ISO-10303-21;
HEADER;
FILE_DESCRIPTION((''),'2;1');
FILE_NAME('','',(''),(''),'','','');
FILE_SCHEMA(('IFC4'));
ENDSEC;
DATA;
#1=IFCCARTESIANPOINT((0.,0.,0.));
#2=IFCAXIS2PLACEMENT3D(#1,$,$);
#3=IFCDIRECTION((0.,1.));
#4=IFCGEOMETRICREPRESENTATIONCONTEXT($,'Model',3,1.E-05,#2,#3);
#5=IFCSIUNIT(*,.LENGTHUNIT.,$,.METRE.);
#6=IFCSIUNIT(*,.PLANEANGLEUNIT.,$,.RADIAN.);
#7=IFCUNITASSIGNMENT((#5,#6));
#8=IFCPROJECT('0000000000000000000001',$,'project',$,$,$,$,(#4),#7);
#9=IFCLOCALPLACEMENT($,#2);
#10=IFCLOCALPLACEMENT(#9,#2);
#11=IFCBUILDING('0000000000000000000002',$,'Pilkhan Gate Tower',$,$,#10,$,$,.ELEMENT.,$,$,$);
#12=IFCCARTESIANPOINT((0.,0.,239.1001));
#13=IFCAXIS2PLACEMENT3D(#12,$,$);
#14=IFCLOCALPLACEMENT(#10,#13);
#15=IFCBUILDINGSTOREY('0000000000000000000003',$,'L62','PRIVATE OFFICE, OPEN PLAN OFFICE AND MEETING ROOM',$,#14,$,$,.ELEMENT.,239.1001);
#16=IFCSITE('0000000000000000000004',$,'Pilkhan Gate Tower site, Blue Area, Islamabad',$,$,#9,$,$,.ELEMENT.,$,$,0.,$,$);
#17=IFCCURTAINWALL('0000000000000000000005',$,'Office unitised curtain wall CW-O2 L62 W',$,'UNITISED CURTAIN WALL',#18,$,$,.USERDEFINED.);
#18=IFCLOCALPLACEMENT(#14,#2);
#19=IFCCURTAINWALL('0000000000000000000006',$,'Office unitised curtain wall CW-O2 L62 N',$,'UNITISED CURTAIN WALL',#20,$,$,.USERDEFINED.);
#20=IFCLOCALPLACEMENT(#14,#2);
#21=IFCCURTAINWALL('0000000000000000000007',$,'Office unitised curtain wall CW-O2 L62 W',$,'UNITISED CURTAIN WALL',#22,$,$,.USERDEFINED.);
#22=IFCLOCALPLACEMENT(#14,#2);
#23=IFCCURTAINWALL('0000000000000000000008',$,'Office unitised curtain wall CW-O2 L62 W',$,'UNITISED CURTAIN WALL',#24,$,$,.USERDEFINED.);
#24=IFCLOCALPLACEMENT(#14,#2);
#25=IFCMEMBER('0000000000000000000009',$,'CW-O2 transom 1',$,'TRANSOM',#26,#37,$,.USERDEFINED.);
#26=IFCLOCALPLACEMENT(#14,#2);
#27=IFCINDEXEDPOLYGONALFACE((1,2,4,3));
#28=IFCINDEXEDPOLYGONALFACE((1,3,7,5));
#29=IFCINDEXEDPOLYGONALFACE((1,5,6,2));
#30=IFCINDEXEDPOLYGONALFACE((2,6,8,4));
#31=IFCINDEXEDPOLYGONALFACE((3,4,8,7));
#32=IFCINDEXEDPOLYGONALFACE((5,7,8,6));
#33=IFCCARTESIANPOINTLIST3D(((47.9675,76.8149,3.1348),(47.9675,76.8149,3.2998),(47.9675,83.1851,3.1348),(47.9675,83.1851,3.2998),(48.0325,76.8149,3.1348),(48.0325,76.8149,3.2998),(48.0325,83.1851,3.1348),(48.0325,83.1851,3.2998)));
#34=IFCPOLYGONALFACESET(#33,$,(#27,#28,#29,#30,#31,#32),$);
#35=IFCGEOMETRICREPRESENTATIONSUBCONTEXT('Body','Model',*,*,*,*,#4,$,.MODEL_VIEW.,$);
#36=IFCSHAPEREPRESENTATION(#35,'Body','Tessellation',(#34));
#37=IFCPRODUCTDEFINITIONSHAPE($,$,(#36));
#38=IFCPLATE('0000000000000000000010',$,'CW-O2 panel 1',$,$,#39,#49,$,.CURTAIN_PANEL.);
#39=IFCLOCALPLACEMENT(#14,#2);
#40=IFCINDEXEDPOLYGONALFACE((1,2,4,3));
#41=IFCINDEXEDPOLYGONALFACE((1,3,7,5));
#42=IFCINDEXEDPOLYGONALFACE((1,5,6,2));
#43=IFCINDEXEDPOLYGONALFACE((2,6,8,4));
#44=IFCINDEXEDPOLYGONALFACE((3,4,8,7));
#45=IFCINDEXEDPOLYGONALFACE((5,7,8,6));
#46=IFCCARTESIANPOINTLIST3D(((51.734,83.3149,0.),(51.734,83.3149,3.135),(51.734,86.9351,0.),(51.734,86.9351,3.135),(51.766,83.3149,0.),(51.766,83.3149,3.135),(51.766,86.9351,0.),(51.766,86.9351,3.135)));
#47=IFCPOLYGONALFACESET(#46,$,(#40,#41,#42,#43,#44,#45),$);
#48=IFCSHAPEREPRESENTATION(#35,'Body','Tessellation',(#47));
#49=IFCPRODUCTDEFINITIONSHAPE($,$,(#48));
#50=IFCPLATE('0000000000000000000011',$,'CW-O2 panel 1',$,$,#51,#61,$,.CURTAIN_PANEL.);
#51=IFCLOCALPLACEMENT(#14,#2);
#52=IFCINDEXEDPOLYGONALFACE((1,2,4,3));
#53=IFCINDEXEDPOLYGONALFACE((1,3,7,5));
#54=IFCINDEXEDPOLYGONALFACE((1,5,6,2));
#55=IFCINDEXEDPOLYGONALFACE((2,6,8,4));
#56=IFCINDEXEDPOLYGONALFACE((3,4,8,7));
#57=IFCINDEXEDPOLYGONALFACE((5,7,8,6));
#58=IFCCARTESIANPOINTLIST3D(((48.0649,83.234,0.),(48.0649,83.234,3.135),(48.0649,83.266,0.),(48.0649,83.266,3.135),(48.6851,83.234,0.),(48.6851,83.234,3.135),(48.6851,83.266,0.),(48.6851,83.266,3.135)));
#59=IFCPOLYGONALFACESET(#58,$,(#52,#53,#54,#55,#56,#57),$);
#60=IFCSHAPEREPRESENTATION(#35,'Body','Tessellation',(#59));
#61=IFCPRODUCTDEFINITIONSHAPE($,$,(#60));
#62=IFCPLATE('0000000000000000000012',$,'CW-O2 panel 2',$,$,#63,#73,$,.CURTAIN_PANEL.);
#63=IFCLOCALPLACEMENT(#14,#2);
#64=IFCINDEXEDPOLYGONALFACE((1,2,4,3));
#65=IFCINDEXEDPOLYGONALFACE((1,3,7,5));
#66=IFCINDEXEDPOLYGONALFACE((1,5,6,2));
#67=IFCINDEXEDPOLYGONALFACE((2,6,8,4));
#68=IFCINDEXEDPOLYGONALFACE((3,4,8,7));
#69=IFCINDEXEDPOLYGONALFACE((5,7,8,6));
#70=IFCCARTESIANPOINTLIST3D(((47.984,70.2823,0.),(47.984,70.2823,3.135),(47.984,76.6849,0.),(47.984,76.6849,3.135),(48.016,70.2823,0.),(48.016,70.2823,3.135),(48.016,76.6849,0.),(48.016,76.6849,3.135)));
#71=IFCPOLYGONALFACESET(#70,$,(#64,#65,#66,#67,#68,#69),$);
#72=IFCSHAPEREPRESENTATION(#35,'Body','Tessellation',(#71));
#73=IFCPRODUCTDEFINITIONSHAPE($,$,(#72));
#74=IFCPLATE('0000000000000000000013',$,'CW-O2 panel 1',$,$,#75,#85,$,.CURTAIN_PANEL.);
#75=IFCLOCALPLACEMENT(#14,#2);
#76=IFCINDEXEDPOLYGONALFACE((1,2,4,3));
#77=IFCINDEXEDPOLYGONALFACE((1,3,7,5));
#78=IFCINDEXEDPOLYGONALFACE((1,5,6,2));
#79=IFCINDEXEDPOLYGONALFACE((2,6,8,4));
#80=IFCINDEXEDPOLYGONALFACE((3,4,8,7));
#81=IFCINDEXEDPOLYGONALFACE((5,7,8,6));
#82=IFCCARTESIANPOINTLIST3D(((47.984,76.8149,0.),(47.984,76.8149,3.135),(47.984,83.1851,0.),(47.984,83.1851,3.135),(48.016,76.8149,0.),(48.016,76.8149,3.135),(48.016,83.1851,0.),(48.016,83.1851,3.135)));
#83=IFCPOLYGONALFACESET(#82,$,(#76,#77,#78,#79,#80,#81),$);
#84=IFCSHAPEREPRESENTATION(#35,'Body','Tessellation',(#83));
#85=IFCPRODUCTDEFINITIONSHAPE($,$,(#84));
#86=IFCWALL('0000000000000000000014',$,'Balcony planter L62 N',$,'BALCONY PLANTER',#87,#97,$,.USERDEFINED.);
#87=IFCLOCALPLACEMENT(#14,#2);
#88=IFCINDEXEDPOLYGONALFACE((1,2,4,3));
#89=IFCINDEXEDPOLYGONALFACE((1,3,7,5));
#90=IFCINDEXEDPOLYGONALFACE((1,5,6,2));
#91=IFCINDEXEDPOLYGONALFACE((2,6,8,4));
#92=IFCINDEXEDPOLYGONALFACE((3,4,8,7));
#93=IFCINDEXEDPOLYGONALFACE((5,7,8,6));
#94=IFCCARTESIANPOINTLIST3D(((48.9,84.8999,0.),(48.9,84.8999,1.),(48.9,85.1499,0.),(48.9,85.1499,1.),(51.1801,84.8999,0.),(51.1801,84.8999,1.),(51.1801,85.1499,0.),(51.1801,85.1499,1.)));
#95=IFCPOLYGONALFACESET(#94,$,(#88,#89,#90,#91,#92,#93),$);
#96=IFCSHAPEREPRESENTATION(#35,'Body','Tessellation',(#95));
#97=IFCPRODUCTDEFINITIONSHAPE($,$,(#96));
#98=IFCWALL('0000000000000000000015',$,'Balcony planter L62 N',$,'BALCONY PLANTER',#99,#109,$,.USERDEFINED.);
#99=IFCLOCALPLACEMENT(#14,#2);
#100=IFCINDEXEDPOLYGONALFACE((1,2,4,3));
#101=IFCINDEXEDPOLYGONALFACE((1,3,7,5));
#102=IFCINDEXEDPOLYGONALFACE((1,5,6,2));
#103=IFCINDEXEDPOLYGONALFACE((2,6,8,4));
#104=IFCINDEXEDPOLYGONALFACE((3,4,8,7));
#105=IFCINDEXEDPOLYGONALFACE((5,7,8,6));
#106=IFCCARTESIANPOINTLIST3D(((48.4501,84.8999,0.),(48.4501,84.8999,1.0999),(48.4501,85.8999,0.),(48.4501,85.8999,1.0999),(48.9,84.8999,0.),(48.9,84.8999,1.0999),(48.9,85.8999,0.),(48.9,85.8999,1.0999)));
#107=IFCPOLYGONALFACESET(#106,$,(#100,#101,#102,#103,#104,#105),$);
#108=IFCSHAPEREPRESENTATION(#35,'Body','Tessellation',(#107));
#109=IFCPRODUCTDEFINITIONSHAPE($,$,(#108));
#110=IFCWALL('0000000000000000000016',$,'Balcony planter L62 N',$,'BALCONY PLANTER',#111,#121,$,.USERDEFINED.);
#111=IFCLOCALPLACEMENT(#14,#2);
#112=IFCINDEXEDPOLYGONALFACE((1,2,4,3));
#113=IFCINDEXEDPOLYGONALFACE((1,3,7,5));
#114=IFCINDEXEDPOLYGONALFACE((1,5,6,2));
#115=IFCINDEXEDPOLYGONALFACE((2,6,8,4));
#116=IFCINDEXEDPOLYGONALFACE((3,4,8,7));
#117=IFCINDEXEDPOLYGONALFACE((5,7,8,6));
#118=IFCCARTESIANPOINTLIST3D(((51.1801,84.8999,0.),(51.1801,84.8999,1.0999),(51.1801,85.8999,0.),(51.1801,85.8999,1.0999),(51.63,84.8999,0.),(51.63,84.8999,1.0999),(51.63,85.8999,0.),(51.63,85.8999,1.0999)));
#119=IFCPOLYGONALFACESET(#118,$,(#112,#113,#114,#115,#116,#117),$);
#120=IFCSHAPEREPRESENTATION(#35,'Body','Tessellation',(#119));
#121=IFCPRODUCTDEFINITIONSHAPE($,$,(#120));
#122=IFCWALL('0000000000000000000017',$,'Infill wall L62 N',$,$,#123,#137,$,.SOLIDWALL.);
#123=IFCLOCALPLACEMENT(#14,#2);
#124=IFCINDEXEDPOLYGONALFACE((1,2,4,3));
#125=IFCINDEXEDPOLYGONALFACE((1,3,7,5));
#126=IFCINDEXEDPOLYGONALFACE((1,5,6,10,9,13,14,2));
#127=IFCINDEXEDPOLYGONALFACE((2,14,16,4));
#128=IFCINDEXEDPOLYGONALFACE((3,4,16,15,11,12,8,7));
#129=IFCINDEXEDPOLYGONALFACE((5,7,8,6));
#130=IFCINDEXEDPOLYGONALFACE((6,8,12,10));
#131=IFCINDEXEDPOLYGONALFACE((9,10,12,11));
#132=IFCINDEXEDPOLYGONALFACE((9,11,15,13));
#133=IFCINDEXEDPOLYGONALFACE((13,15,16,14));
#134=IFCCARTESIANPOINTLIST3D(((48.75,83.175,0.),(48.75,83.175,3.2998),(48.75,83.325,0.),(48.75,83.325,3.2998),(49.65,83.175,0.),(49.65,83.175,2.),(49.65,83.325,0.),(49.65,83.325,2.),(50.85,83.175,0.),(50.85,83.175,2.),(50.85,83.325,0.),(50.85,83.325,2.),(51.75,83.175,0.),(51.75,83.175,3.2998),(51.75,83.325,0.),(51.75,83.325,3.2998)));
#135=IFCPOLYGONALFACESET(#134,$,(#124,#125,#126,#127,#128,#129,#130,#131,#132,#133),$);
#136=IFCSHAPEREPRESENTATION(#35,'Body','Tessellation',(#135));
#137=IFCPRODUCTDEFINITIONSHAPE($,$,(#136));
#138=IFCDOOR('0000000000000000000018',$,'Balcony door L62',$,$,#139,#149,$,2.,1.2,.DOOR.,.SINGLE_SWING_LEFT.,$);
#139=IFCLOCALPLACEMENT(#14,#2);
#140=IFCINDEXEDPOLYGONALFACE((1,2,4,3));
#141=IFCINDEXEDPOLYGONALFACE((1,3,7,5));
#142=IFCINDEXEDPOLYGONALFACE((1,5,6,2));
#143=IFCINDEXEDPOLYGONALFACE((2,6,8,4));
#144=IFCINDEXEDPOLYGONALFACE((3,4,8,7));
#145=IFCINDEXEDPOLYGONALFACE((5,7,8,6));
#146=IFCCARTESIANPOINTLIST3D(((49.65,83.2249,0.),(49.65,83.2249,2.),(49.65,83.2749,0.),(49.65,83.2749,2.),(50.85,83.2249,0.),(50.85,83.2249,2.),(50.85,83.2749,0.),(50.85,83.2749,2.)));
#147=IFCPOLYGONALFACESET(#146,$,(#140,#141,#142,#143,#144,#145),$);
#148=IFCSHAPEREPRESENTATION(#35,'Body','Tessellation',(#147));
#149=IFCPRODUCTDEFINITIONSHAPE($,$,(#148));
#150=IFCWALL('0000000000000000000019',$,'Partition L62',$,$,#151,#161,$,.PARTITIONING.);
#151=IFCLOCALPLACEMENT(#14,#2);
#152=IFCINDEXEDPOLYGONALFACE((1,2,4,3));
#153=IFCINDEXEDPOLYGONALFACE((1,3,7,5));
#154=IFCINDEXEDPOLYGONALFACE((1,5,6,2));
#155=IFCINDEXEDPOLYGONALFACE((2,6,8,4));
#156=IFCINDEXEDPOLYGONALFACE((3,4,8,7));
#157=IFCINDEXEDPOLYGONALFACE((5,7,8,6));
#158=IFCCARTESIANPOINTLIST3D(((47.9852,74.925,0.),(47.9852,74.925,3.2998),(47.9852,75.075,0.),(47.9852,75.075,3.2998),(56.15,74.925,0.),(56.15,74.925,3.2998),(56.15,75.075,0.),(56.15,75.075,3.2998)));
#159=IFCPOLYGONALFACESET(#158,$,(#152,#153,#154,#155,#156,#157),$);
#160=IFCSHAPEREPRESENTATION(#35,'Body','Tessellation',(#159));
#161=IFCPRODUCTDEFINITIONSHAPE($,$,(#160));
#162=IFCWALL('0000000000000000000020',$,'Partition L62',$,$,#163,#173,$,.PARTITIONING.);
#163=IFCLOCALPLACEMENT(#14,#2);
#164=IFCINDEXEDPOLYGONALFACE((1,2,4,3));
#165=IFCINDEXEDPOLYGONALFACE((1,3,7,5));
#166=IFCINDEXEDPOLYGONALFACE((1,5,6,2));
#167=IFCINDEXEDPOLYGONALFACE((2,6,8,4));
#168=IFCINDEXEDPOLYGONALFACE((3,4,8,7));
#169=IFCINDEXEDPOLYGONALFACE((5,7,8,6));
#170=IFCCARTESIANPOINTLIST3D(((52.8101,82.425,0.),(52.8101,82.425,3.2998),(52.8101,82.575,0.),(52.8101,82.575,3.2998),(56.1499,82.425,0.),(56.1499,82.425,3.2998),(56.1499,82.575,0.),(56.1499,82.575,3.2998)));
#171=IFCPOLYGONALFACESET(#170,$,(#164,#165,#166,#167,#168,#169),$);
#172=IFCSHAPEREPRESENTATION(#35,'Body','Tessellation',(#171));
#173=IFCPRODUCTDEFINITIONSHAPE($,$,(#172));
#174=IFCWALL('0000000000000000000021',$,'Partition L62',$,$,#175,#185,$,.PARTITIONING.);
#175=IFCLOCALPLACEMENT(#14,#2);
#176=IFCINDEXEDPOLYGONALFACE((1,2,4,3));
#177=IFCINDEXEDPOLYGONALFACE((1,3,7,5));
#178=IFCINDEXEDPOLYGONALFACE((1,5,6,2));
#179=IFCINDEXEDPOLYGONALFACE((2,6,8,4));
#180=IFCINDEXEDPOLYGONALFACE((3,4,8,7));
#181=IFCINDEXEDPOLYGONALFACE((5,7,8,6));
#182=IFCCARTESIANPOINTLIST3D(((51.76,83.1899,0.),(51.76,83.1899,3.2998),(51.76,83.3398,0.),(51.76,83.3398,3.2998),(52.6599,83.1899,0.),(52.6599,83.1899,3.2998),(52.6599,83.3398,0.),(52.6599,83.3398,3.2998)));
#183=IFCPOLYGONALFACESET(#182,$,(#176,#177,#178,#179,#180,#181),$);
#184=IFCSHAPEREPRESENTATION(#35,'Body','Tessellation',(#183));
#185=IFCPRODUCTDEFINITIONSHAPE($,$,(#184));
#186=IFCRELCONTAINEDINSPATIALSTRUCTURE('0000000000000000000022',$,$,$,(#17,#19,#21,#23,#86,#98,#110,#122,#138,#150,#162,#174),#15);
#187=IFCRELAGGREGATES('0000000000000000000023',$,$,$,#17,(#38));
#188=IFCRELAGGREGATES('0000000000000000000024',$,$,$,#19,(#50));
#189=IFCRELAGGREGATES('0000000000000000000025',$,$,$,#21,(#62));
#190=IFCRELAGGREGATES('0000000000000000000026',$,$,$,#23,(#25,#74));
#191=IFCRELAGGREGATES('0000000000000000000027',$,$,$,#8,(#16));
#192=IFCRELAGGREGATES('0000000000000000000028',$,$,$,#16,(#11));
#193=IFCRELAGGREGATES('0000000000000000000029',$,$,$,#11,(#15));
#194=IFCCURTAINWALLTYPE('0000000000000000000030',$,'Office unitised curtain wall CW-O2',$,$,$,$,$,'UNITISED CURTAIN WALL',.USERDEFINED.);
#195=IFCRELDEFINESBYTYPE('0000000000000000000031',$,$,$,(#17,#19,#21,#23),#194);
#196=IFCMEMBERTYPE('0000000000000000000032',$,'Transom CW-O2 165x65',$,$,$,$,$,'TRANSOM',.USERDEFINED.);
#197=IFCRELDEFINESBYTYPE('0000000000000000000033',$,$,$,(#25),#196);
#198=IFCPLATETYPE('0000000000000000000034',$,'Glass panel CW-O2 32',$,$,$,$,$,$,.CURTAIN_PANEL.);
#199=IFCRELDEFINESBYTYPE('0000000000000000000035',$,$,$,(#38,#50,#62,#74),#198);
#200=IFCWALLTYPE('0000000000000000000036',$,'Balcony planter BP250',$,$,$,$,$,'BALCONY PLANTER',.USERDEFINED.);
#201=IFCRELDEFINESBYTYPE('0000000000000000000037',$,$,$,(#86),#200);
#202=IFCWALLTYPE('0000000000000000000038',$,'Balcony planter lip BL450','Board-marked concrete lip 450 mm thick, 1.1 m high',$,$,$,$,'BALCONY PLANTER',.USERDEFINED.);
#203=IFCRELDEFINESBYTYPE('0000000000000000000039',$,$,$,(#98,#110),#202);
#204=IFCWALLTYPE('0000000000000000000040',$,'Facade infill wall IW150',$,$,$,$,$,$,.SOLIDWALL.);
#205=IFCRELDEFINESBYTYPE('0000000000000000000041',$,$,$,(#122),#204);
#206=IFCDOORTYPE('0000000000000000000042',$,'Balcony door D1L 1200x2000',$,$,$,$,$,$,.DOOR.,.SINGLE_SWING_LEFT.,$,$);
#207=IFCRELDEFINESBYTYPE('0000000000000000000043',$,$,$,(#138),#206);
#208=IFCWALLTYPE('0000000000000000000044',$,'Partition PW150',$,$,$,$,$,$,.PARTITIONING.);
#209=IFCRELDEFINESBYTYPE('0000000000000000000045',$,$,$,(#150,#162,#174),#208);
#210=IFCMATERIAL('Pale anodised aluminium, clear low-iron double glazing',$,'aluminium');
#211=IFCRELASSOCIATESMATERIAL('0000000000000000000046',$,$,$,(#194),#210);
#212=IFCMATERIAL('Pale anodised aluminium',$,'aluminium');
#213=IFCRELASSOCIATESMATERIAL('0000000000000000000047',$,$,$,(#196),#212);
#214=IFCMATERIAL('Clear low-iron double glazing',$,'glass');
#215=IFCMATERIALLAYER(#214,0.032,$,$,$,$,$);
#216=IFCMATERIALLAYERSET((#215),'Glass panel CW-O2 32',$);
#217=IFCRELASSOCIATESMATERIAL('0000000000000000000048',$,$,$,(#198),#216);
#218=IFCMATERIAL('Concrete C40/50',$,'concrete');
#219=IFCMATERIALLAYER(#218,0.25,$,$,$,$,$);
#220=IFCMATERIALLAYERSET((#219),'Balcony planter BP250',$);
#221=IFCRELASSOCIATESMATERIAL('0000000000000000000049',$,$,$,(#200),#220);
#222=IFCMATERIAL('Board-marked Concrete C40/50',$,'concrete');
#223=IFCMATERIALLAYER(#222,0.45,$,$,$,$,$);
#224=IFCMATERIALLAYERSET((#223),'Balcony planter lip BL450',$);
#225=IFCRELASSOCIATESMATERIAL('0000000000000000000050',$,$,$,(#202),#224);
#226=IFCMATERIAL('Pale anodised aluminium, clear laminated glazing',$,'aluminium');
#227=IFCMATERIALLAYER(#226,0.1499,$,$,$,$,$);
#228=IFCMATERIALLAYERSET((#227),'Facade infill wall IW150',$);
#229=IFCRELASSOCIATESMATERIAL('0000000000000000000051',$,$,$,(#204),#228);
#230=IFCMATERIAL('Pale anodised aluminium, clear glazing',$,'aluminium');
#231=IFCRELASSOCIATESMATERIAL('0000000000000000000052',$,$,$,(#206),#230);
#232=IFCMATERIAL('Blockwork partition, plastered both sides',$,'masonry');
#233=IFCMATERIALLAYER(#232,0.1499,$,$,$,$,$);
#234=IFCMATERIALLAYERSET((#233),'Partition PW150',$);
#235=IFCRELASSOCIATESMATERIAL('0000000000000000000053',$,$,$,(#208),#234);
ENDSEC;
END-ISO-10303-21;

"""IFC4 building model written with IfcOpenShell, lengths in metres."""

from ifc_helpers import new_model, si_unit, direction, frame, frame_2d, origin, origin_2d, place, context, subcontext, project, spatial, rectangle, extrude, material, layer, layer_set, material_profile, profile_set, type_object, element, fill, aggregate, save


model = new_model("IFC4")

# Units and contexts
model_context = context("Model", 3, precision=1e-05, world=origin(), true_north=direction((0.0, 1.0)))
body_context = subcontext(model_context, "Body", "Model", "MODEL_VIEW")
ifc_project = project(units=[si_unit("LENGTHUNIT", "METRE"), si_unit("PLANEANGLEUNIT", "RADIAN")], contexts=[model_context])

# Site, building, storey
site_placement = place(None, origin())
site = spatial("IfcSite", under=ifc_project, at=site_placement, Name="Pilkhan Gate Tower site, Blue Area, Islamabad", CompositionType="ELEMENT", RefElevation=0.0)
building_placement = place(site_placement, origin())
building = spatial("IfcBuilding", under=site, at=building_placement, Name="Pilkhan Gate Tower", CompositionType="ELEMENT")
storey_placement = place(building_placement, frame((0.0, 0.0, 239.1001)))
storey = spatial("IfcBuildingStorey", under=building, at=storey_placement, Name="L62", Description="PRIVATE OFFICE, OPEN PLAN OFFICE AND MEETING ROOM", CompositionType="ELEMENT", Elevation=239.1001)

# Curtain wall
ifc_material_1 = material(Name="Pale anodised aluminium, clear low-iron double glazing", Category="aluminium")
curtain_wall_type = type_object("IfcCurtainWallType", Name="Office unitised curtain wall CW-O2", ElementType="UNITISED CURTAIN WALL", PredefinedType="USERDEFINED", material=ifc_material_1)
curtain_wall_1_placement = place(storey_placement, origin())
curtain_wall_1 = element("IfcCurtainWall", 1, at=curtain_wall_1_placement, inside=storey, type_object=curtain_wall_type, Name="Office unitised curtain wall CW-O2 L62 W", ObjectType="UNITISED CURTAIN WALL", PredefinedType="USERDEFINED")
ifc_material_2 = material(Name="Pale anodised aluminium", Category="aluminium")

# Curtain wall
curtain_wall_2_placement = place(storey_placement, origin())
curtain_wall_2 = element("IfcCurtainWall", 2, at=curtain_wall_2_placement, inside=storey, type_object=curtain_wall_type, Name="Office unitised curtain wall CW-O2 L62 N", ObjectType="UNITISED CURTAIN WALL", PredefinedType="USERDEFINED")

# Curtain wall
curtain_wall_3_placement = place(storey_placement, origin())
curtain_wall_3 = element("IfcCurtainWall", 3, at=curtain_wall_3_placement, inside=storey, type_object=curtain_wall_type, Name="Office unitised curtain wall CW-O2 L62 W", ObjectType="UNITISED CURTAIN WALL", PredefinedType="USERDEFINED")

# Curtain wall
curtain_wall_4_placement = place(storey_placement, origin())
curtain_wall_4 = element("IfcCurtainWall", 4, at=curtain_wall_4_placement, inside=storey, type_object=curtain_wall_type, Name="Office unitised curtain wall CW-O2 L62 W", ObjectType="UNITISED CURTAIN WALL", PredefinedType="USERDEFINED")

# Member
ifc_material_profile_1 = material_profile(ifc_material_2, rectangle(XDim=0.0649, YDim=0.165, at=origin_2d()), Name="Transom 165x65")
ifc_profile_set_1 = profile_set([ifc_material_profile_1], Name="Pale anodised aluminium")
member_type_1 = type_object("IfcMemberType", Name="Transom CW-O2 165x65", ElementType="TRANSOM", PredefinedType="USERDEFINED", material=ifc_profile_set_1)
member_1_placement = place(storey_placement, frame((48.0, 76.8149, 3.2173), z_axis=(0.0, 1.0, 0.0), x_axis=(-1.0, 0.0, 0.0)))
member_1 = element("IfcMember", 5, at=member_1_placement, type_object=member_type_1, Name="CW-O2 transom 1", ObjectType="TRANSOM", PredefinedType="USERDEFINED", context=body_context, shape_type="SweptSolid", body=[
    extrude(rectangle(XDim=0.0649, YDim=0.165, at=origin_2d()), origin(), (0.0, 0.0, 1.0), 6.3701),
])

# Plates
ifc_material_3 = material(Name="Clear low-iron double glazing", Category="glass")
ifc_layer_1 = layer(ifc_material_3, 0.032)
ifc_layer_set_1 = layer_set([ifc_layer_1], Name="Glass panel CW-O2 32")
plate_type = type_object("IfcPlateType", Name="Glass panel CW-O2 32", PredefinedType="CURTAIN_PANEL", material=ifc_layer_set_1)
plate_1_placement = place(storey_placement, frame((51.75, 85.125, 0.0), z_axis=(0.0, 0.0, 1.0), x_axis=(0.0, 1.0, 0.0)))
plate_1 = element("IfcPlate", 6, at=plate_1_placement, type_object=plate_type, Name="CW-O2 panel 1", PredefinedType="CURTAIN_PANEL", context=body_context, shape_type="SweptSolid", body=[
    extrude(rectangle(XDim=3.6201, YDim=0.032, at=origin_2d()), origin(), (0.0, 0.0, 1.0), 3.135),
])
aggregate(curtain_wall_1, [plate_1])
plate_2_placement = place(storey_placement, frame((48.375, 83.25, 0.0), z_axis=(0.0, 0.0, 1.0), x_axis=(1.0, 0.0, 0.0)))
plate_2 = element("IfcPlate", 7, at=plate_2_placement, type_object=plate_type, Name="CW-O2 panel 1", PredefinedType="CURTAIN_PANEL", context=body_context, shape_type="SweptSolid", body=[
    extrude(rectangle(XDim=0.6201, YDim=0.032, at=origin_2d()), origin(), (0.0, 0.0, 1.0), 3.135),
])
aggregate(curtain_wall_2, [plate_2])
plate_3_placement = place(storey_placement, frame((48.0, 73.4836, 0.0), z_axis=(0.0, 0.0, 1.0), x_axis=(0.0, 1.0, 0.0)))
plate_3 = element("IfcPlate", 8, at=plate_3_placement, type_object=plate_type, Name="CW-O2 panel 2", PredefinedType="CURTAIN_PANEL", context=body_context, shape_type="SweptSolid", body=[
    extrude(rectangle(XDim=6.4026, YDim=0.032, at=origin_2d()), origin(), (0.0, 0.0, 1.0), 3.135),
])
aggregate(curtain_wall_3, [plate_3])
plate_4_placement = place(storey_placement, frame((48.0, 80.0, 0.0), z_axis=(0.0, 0.0, 1.0), x_axis=(0.0, 1.0, 0.0)))
plate_4 = element("IfcPlate", 9, at=plate_4_placement, type_object=plate_type, Name="CW-O2 panel 1", PredefinedType="CURTAIN_PANEL", context=body_context, shape_type="SweptSolid", body=[
    extrude(rectangle(XDim=6.3701, YDim=0.032, at=origin_2d()), origin(), (0.0, 0.0, 1.0), 3.135),
])
aggregate(curtain_wall_4, [member_1, plate_4])

# Walls
ifc_material_4 = material(Name="Concrete C40/50", Category="concrete")
ifc_layer_2 = layer(ifc_material_4, 0.25)
ifc_layer_set_2 = layer_set([ifc_layer_2], Name="Balcony planter BP250")
wall_type_1 = type_object("IfcWallType", Name="Balcony planter BP250", ElementType="BALCONY PLANTER", PredefinedType="USERDEFINED", material=ifc_layer_set_2)
wall_1_placement = place(storey_placement, frame((48.8999, 85.0249, 0.0), z_axis=(0.0, 0.0, 1.0), x_axis=(1.0, 0.0, 0.0)))
element("IfcWall", 10, at=wall_1_placement, inside=storey, type_object=wall_type_1, Name="Balcony planter L62 N", ObjectType="BALCONY PLANTER", PredefinedType="USERDEFINED", context=body_context, shape_type="SweptSolid", body=[
    extrude(rectangle(XDim=2.28, YDim=0.25, at=frame_2d((1.1401, 0.0))), origin(), (0.0, 0.0, 1.0), 1.0),
])
ifc_material_5 = material(Name="Board-marked Concrete C40/50", Category="concrete")
ifc_layer_3 = layer(ifc_material_5, 0.45)
ifc_layer_set_3 = layer_set([ifc_layer_3], Name="Balcony planter lip BL450")
wall_type_2 = type_object("IfcWallType", Name="Balcony planter lip BL450", Description="Board-marked concrete lip 450 mm thick, 1.1 m high", ElementType="BALCONY PLANTER", PredefinedType="USERDEFINED", material=ifc_layer_set_3)
for number, where, z_axis, x_axis, name in (
    (11, (48.675, 84.8999, 0.0), (0.0, 0.0, 1.0), (0.0, 1.0, 0.0), "Balcony planter L62 N"),
    (12, (51.405, 84.8999, 0.0), (0.0, 0.0, 1.0), (0.0, 1.0, 0.0), "Balcony planter L62 N"),
):
    element("IfcWall", number, at=place(storey_placement, frame(where, z_axis=z_axis, x_axis=x_axis)), inside=storey, type_object=wall_type_2, Name=name, ObjectType="BALCONY PLANTER", PredefinedType="USERDEFINED", context=body_context, shape_type="SweptSolid", body=[
        extrude(rectangle(XDim=1.0, YDim=0.45, at=frame_2d((0.5, 0.0))), origin(), (0.0, 0.0, 1.0), 1.0999),
    ])

# Wall, opening, door
ifc_material_6 = material(Name="Pale anodised aluminium, clear laminated glazing", Category="aluminium")
ifc_layer_4 = layer(ifc_material_6, 0.1499)
ifc_layer_set_4 = layer_set([ifc_layer_4], Name="Facade infill wall IW150")
wall_type_3 = type_object("IfcWallType", Name="Facade infill wall IW150", PredefinedType="SOLIDWALL", material=ifc_layer_set_4)
wall_2_placement = place(storey_placement, frame((48.75, 83.25, 0.0), z_axis=(0.0, 0.0, 1.0), x_axis=(1.0, 0.0, 0.0)))
wall_2 = element("IfcWall", 13, at=wall_2_placement, inside=storey, type_object=wall_type_3, Name="Infill wall L62 N", PredefinedType="SOLIDWALL", context=body_context, shape_type="SweptSolid", body=[
    extrude(rectangle(XDim=3.0, YDim=0.1499, at=frame_2d((1.5, 0.0))), origin(), (0.0, 0.0, 1.0), 3.2998),
])
opening_placement = place(wall_2_placement, frame((0.8999, 0.0, 0.0)))
opening = element("IfcOpeningElement", 14, at=opening_placement, cuts=wall_2, PredefinedType="OPENING", context=body_context, shape_type="SweptSolid", body=[
    extrude(rectangle(XDim=1.2, YDim=2.0, at=frame_2d((0.6001, 1.0))), frame((0.0, 0.085, 0.0), z_axis=(0.0, -1.0, 0.0), x_axis=(1.0, 0.0, 0.0)), (0.0, 0.0, 1.0), 0.1699),
])
ifc_material_7 = material(Name="Pale anodised aluminium, clear glazing", Category="aluminium")
door_type = type_object("IfcDoorType", Name="Balcony door D1L 1200x2000", OperationType="SINGLE_SWING_LEFT", PredefinedType="DOOR", material=ifc_material_7)
door_placement = place(opening_placement, origin())
door = element("IfcDoor", 15, at=door_placement, inside=storey, type_object=door_type, Name="Balcony door L62", OperationType="SINGLE_SWING_LEFT", OverallHeight=2.0, OverallWidth=1.2, PredefinedType="DOOR", context=body_context, shape_type="SweptSolid", body=[
    extrude(rectangle(XDim=1.2, YDim=2.0, at=frame_2d((0.6001, 1.0))), frame((0.0, 0.0249, 0.0), z_axis=(0.0, -1.0, 0.0), x_axis=(1.0, 0.0, 0.0)), (0.0, 0.0, 1.0), 0.05),
])
fill(opening, door)

# Walls
ifc_material_8 = material(Name="Blockwork partition, plastered both sides", Category="masonry")
ifc_layer_5 = layer(ifc_material_8, 0.1499)
ifc_layer_set_5 = layer_set([ifc_layer_5], Name="Partition PW150")
wall_type_4 = type_object("IfcWallType", Name="Partition PW150", PredefinedType="PARTITIONING", material=ifc_layer_set_5)
wall_3_placement = place(storey_placement, frame((47.9851, 75.0, 0.0), z_axis=(0.0, 0.0, 1.0), x_axis=(1.0, 0.0, 0.0)))
element("IfcWall", 16, at=wall_3_placement, inside=storey, type_object=wall_type_4, Name="Partition L62", PredefinedType="PARTITIONING", context=body_context, shape_type="SweptSolid", body=[
    extrude(rectangle(XDim=8.1648, YDim=0.1499, at=frame_2d((4.0825, 0.0))), origin(), (0.0, 0.0, 1.0), 3.2998),
])
wall_4_placement = place(storey_placement, frame((52.8101, 82.5, 0.0), z_axis=(0.0, 0.0, 1.0), x_axis=(1.0, 0.0, 0.0)))
element("IfcWall", 17, at=wall_4_placement, inside=storey, type_object=wall_type_4, Name="Partition L62", PredefinedType="PARTITIONING", context=body_context, shape_type="SweptSolid", body=[
    extrude(rectangle(XDim=3.3398, YDim=0.1499, at=frame_2d((1.6699, 0.0))), origin(), (0.0, 0.0, 1.0), 3.2998),
])
wall_5_placement = place(storey_placement, frame((51.76, 83.2649, 0.0), z_axis=(0.0, 0.0, 1.0), x_axis=(1.0, 0.0, 0.0)))
element("IfcWall", 18, at=wall_5_placement, inside=storey, type_object=wall_type_4, Name="Partition L62", PredefinedType="PARTITIONING", context=body_context, shape_type="SweptSolid", body=[
    extrude(rectangle(XDim=0.8999, YDim=0.1499, at=frame_2d((0.45, 0.0))), origin(), (0.0, 0.0, 1.0), 3.2998),
])

save(model, "model.ifc")
